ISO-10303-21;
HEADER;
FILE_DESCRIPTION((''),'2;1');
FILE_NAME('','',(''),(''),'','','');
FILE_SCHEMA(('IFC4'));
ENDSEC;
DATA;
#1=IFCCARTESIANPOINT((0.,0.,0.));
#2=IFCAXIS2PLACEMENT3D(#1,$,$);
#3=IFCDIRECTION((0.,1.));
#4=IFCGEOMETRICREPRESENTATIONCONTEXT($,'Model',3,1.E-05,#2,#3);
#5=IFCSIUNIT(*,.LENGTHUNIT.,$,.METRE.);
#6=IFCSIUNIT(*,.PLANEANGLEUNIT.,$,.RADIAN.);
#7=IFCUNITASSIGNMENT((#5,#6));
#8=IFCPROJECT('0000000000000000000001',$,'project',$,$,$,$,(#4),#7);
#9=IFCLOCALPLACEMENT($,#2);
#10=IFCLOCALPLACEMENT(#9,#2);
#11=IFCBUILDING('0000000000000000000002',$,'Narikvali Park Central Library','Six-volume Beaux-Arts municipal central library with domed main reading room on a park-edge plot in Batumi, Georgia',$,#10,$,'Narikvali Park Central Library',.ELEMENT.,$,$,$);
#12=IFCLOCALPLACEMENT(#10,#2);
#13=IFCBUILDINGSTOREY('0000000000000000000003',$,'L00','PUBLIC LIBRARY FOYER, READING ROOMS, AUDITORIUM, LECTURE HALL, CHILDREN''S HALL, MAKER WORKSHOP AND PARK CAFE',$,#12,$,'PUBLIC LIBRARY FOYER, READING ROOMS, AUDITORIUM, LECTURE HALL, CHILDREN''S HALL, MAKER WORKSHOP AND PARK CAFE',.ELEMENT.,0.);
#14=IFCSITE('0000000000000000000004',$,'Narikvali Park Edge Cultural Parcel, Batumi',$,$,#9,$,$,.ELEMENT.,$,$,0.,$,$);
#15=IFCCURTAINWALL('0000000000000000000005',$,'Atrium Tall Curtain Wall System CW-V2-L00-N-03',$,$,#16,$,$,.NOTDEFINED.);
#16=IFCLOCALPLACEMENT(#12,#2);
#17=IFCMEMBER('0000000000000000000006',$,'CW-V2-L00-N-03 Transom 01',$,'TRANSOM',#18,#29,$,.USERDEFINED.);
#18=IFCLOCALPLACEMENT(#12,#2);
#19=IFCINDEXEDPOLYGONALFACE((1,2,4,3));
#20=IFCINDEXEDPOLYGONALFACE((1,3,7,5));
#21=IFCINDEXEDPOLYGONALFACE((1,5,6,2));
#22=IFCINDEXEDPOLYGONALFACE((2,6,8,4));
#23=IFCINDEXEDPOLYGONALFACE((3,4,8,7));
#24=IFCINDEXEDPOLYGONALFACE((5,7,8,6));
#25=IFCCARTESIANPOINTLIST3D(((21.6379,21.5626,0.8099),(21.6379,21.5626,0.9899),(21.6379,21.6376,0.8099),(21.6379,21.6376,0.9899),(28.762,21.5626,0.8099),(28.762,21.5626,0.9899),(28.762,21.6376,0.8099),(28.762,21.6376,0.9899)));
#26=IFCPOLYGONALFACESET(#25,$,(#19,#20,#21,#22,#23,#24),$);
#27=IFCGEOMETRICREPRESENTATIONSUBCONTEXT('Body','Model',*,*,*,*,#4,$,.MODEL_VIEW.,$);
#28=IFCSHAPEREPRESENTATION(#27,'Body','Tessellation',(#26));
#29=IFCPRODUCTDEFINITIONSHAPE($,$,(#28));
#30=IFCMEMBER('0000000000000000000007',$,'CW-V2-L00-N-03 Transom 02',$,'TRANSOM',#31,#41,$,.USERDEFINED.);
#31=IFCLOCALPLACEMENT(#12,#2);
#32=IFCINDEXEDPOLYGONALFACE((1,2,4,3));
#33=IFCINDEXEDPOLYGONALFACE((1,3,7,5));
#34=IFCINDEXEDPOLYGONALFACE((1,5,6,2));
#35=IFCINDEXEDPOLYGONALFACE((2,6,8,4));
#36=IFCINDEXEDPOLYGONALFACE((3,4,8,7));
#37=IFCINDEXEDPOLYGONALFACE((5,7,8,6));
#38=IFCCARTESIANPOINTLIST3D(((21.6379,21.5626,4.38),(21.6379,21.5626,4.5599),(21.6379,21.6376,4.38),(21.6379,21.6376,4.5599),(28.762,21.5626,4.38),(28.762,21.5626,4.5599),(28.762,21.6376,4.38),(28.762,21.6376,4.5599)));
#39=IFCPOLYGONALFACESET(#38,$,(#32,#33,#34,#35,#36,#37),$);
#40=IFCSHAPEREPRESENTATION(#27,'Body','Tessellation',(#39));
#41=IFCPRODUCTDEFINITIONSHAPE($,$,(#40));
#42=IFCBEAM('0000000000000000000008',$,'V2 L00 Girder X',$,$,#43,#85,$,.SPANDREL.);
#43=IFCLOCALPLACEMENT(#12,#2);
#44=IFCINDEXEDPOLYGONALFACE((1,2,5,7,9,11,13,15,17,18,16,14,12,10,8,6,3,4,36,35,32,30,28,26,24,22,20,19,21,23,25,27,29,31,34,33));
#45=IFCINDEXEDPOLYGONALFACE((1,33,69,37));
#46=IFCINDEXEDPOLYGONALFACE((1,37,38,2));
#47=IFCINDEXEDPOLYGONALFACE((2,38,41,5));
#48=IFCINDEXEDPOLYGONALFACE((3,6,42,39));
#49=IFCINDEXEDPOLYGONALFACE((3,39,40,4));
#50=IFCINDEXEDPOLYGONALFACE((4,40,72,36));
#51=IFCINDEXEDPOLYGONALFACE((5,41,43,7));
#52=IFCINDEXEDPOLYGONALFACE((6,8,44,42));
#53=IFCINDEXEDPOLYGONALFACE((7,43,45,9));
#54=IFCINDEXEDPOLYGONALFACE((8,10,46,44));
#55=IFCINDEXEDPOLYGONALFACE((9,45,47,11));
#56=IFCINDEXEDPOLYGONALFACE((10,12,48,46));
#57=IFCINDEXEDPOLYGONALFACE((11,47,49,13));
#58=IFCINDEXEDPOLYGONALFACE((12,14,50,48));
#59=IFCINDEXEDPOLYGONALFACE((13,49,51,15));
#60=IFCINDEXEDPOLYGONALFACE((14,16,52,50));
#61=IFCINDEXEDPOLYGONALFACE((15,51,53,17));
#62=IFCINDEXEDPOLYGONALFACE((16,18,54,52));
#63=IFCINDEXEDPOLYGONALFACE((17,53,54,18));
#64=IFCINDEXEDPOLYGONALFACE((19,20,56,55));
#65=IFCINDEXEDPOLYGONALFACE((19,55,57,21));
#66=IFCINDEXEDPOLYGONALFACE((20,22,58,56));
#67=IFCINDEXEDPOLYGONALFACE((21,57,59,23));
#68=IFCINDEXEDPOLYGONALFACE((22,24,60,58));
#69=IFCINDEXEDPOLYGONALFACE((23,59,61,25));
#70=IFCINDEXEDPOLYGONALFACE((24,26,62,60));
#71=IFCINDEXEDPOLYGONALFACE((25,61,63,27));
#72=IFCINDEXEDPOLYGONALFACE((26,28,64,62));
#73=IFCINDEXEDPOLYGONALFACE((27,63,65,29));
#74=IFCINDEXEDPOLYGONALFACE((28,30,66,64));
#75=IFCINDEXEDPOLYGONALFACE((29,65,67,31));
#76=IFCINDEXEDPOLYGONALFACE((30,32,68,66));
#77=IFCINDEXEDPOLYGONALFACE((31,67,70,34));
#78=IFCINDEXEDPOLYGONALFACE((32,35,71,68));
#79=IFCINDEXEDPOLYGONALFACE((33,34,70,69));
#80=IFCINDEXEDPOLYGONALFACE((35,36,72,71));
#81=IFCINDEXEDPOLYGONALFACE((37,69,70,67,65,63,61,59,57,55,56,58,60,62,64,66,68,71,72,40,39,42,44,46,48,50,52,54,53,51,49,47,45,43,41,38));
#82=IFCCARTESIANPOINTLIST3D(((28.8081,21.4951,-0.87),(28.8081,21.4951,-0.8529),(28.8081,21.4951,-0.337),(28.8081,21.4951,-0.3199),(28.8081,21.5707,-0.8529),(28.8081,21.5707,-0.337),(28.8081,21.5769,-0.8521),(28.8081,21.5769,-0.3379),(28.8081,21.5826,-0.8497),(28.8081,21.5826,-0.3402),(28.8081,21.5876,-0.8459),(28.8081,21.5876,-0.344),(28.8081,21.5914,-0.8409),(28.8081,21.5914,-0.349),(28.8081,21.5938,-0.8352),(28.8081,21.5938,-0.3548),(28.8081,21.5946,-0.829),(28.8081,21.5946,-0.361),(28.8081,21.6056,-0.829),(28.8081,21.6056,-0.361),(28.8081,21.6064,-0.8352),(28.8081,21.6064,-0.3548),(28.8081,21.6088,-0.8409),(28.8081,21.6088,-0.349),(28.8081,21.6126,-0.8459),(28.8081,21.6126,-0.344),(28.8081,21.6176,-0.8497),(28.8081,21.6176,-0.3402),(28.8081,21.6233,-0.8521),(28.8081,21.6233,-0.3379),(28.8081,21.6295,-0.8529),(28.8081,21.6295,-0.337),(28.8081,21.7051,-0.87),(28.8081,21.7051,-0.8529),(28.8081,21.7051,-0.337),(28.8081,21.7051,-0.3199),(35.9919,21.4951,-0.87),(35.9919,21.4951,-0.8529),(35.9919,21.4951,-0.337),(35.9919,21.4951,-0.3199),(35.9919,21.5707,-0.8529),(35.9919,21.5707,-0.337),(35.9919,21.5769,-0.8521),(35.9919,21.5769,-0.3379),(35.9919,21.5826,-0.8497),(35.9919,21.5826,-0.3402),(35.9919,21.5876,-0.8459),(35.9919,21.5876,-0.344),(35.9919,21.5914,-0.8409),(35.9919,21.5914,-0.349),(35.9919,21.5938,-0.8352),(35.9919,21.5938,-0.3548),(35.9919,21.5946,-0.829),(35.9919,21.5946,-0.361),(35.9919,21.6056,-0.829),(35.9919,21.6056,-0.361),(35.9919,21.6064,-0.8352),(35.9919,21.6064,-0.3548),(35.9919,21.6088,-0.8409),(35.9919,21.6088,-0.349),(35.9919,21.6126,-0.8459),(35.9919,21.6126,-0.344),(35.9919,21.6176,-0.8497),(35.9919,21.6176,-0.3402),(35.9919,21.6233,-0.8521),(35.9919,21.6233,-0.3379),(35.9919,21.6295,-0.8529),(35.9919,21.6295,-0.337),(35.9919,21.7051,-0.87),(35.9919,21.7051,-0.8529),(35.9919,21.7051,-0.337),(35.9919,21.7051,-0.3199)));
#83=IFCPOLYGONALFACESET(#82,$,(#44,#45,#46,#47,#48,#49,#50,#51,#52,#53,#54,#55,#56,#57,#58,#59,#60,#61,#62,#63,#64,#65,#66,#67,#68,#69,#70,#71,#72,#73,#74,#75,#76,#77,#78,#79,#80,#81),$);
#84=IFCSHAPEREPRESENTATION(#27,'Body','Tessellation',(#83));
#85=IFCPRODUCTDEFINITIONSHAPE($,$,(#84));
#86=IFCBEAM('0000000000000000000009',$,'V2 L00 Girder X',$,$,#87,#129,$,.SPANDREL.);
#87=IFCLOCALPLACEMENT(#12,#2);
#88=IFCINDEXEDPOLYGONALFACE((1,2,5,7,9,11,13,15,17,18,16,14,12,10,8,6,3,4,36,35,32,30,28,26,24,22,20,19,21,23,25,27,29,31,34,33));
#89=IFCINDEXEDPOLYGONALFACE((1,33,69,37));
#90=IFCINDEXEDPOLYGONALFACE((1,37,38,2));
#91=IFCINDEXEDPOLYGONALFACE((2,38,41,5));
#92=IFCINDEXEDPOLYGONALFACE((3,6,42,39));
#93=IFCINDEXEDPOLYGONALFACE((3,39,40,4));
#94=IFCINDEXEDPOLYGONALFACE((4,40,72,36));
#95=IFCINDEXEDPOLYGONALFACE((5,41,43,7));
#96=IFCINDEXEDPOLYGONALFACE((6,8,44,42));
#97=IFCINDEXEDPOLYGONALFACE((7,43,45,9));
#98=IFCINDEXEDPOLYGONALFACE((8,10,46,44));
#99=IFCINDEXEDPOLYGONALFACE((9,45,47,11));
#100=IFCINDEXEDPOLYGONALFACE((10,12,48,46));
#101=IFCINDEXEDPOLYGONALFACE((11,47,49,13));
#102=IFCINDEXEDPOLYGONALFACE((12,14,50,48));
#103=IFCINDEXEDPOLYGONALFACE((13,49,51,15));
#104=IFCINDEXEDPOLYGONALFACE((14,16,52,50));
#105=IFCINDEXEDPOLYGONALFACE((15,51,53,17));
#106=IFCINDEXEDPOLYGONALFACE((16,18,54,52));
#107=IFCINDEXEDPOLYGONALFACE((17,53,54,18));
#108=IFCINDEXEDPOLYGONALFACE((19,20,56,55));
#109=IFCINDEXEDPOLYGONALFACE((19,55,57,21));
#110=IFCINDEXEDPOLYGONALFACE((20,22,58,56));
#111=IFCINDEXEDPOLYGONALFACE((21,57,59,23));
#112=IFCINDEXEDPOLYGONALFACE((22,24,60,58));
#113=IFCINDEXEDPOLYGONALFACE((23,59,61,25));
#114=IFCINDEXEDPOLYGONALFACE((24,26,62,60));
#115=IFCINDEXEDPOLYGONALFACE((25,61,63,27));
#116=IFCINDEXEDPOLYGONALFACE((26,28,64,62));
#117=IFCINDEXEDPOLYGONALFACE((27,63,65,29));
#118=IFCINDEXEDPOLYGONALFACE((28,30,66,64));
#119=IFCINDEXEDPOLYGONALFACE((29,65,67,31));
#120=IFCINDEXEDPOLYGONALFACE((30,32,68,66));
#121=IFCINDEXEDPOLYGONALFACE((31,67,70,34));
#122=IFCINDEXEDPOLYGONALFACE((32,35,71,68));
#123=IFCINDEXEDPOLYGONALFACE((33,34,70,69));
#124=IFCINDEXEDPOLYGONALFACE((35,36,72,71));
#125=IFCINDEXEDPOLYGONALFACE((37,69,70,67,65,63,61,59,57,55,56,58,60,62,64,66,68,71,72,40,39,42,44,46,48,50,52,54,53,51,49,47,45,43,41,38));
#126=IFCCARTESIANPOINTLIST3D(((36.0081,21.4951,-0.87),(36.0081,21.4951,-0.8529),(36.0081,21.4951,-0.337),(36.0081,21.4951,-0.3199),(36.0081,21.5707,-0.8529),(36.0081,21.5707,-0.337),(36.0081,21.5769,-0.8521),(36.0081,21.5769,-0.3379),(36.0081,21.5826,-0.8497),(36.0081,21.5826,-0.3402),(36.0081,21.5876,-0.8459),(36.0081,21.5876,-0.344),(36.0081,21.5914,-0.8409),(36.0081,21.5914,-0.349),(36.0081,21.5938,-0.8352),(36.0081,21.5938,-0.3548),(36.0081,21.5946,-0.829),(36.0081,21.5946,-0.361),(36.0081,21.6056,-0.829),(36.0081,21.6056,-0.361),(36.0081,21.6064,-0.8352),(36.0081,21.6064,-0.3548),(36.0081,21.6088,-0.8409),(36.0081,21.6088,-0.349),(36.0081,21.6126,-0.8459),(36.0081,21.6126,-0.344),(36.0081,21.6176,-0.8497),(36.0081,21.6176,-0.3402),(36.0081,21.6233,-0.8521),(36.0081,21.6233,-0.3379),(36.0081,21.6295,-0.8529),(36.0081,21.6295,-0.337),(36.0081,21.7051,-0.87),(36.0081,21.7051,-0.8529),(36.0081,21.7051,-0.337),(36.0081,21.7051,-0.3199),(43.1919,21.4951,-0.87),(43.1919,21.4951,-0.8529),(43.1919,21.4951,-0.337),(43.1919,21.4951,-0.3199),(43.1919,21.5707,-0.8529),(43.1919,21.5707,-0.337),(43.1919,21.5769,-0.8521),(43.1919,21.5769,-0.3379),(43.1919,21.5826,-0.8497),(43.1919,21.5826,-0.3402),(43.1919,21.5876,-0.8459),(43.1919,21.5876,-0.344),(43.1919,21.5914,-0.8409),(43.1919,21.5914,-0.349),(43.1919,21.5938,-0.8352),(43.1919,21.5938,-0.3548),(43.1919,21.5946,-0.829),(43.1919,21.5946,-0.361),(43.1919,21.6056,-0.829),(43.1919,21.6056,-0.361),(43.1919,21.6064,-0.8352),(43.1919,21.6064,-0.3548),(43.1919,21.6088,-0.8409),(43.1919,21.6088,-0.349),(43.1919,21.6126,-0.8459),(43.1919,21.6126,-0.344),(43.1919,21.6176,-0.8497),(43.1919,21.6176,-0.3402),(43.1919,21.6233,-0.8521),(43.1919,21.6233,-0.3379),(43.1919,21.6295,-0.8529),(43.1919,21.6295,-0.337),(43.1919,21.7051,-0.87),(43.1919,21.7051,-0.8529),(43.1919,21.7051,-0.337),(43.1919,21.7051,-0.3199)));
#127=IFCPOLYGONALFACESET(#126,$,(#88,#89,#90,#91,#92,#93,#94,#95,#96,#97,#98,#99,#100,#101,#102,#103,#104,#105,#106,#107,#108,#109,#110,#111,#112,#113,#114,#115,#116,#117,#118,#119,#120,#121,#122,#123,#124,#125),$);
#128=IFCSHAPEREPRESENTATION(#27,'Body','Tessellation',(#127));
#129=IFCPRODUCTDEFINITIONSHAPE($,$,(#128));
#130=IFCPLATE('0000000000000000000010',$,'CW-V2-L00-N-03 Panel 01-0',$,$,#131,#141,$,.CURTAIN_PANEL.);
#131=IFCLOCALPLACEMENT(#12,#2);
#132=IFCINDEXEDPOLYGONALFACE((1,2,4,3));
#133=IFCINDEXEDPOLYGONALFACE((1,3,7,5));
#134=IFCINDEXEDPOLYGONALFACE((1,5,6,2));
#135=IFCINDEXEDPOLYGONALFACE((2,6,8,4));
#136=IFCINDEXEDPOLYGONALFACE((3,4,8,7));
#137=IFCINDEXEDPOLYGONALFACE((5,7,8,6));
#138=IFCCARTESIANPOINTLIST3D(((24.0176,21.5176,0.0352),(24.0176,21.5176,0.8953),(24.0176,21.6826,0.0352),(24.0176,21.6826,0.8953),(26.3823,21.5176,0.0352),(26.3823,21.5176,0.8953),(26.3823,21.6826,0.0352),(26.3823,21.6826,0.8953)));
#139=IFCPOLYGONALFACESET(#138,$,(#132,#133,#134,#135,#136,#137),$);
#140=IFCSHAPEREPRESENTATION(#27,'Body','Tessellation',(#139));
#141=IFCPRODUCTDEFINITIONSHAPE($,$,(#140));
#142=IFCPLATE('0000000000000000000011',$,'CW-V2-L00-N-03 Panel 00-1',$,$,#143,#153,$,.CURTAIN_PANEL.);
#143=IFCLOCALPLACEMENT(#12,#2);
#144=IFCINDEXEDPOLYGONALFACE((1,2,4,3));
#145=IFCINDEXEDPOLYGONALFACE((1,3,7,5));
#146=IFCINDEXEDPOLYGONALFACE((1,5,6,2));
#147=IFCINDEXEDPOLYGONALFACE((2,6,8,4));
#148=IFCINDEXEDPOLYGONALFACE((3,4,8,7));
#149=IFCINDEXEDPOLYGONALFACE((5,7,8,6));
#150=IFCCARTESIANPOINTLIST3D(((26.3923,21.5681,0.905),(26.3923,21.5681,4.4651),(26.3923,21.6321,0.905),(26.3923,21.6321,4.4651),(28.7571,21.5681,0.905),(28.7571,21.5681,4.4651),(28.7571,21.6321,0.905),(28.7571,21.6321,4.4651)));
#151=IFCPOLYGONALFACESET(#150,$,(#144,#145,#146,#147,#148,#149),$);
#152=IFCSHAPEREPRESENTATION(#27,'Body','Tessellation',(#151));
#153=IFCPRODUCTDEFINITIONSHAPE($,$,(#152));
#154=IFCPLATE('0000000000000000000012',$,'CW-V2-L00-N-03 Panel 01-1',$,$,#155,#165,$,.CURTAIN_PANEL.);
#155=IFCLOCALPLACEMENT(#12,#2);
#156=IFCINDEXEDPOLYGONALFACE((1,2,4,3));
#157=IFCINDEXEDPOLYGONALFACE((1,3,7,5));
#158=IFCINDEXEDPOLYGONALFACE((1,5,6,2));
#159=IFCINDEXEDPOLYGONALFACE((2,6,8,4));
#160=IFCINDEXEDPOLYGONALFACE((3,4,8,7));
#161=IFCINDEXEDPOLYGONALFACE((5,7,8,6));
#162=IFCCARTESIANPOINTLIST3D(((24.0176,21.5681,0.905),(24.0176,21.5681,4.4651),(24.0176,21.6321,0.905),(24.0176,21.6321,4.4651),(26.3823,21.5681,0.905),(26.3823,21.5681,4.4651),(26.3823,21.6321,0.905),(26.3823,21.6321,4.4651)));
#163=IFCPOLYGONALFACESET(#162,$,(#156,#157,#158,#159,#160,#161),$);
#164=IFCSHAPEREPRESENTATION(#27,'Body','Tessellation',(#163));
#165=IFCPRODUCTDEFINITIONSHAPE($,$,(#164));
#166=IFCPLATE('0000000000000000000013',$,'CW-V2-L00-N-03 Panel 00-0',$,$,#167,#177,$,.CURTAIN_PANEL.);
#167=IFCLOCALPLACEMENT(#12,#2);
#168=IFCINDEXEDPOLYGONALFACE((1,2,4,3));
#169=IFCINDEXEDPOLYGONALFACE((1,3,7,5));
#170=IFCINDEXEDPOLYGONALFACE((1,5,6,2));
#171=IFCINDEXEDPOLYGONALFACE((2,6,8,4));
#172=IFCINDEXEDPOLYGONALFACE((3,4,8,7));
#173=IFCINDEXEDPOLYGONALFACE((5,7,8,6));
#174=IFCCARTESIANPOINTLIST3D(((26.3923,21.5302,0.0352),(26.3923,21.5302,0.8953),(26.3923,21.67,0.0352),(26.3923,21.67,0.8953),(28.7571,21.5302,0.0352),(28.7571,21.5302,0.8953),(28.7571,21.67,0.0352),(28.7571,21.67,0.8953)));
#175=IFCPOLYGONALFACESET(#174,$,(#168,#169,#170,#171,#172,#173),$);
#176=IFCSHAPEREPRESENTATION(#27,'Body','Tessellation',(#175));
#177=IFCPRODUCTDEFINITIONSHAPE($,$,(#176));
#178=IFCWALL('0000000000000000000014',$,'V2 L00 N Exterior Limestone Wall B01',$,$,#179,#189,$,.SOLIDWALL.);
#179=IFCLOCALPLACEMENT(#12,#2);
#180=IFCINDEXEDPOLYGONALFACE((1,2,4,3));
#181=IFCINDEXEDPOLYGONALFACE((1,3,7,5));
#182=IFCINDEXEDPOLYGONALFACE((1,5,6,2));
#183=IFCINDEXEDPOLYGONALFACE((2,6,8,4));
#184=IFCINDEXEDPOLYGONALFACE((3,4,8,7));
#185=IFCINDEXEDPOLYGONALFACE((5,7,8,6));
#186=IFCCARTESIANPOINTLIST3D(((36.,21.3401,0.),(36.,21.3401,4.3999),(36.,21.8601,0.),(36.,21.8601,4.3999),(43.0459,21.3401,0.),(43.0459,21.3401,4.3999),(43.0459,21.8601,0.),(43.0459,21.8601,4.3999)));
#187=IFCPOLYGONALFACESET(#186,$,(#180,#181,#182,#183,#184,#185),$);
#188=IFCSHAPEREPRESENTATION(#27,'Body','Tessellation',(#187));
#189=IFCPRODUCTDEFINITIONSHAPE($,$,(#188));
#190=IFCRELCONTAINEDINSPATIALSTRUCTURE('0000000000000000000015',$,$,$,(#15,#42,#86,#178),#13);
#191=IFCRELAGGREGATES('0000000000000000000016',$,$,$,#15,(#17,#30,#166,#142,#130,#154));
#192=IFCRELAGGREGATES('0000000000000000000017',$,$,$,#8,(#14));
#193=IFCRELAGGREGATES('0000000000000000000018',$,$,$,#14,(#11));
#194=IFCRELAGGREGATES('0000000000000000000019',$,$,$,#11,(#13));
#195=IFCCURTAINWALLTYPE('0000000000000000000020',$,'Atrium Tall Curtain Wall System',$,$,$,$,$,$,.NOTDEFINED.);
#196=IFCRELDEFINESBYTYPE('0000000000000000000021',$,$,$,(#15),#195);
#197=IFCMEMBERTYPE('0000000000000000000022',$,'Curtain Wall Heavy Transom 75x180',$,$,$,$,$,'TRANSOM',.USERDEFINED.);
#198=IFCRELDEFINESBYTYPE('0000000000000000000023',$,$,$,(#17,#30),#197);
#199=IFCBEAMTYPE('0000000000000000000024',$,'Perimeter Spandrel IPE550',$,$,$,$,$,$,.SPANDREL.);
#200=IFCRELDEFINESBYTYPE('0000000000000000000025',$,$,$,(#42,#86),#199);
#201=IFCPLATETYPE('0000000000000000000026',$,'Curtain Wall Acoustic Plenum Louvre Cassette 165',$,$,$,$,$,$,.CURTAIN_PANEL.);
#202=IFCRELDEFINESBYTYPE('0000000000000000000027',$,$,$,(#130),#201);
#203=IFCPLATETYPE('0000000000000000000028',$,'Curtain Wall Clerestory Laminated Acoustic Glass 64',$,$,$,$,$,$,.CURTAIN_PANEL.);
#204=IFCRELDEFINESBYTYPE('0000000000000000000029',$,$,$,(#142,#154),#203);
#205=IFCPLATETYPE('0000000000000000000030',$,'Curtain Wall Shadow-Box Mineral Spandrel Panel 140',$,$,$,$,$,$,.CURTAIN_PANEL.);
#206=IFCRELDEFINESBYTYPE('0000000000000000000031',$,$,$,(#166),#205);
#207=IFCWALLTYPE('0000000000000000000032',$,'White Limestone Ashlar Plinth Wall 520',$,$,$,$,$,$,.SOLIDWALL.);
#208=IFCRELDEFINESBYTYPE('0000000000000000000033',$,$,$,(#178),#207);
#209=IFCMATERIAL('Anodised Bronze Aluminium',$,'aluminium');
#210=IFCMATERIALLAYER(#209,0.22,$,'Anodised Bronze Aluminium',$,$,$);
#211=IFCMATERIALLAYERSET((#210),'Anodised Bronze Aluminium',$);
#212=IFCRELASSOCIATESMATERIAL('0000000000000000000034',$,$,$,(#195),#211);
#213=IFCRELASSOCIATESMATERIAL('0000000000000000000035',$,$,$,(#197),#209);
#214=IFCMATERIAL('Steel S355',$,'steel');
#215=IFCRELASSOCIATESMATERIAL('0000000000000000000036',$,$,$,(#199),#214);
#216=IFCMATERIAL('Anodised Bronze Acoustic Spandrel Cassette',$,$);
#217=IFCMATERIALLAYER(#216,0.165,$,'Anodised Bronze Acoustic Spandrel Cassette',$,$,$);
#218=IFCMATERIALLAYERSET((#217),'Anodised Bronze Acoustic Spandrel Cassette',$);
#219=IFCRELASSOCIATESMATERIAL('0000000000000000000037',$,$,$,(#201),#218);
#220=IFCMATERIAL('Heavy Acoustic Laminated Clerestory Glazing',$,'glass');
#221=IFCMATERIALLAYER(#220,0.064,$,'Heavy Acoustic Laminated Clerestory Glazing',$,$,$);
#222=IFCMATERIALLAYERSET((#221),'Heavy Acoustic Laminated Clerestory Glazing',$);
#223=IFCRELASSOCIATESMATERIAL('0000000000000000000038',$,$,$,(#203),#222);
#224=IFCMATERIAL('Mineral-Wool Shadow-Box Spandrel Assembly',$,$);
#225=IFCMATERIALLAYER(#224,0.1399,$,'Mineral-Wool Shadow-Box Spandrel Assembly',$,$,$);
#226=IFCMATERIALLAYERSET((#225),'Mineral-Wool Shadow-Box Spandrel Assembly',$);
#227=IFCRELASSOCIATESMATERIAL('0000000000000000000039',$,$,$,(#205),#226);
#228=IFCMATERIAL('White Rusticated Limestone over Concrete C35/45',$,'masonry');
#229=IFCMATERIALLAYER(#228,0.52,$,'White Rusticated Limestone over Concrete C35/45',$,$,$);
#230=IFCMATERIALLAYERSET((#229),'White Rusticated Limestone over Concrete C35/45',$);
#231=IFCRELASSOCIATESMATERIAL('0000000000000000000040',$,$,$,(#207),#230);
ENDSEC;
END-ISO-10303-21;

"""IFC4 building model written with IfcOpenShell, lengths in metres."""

from ifc_helpers import new_model, si_unit, direction, frame, frame_2d, origin, origin_2d, place, context, subcontext, project, spatial, rectangle, i_section, extrude, material, layer, layer_set, material_profile, profile_set, type_object, element, aggregate, save


model = new_model("IFC4")

# Units and contexts
model_context = context("Model", 3, precision=1e-05, world=origin(), true_north=direction((0.0, 1.0)))
body_context = subcontext(model_context, "Body", "Model", "MODEL_VIEW")
ifc_project = project(units=[si_unit("LENGTHUNIT", "METRE"), si_unit("PLANEANGLEUNIT", "RADIAN")], contexts=[model_context])

# Site, building, storey
site_placement = place(None, origin())
site = spatial("IfcSite", under=ifc_project, at=site_placement, Name="Narikvali Park Edge Cultural Parcel, Batumi", CompositionType="ELEMENT", RefElevation=0.0)
building_placement = place(site_placement, origin())
building = spatial("IfcBuilding", under=site, at=building_placement, Name="Narikvali Park Central Library", Description="Six-volume Beaux-Arts municipal central library with domed main reading room on a park-edge plot in Batumi, Georgia", LongName="Narikvali Park Central Library", CompositionType="ELEMENT")
storey_placement = place(building_placement, origin())
storey = spatial("IfcBuildingStorey", under=building, at=storey_placement, Name="L00", Description="PUBLIC LIBRARY FOYER, READING ROOMS, AUDITORIUM, LECTURE HALL, CHILDREN'S HALL, MAKER WORKSHOP AND PARK CAFE", LongName="PUBLIC LIBRARY FOYER, READING ROOMS, AUDITORIUM, LECTURE HALL, CHILDREN'S HALL, MAKER WORKSHOP AND PARK CAFE", CompositionType="ELEMENT", Elevation=0.0)

# Shared definitions
ifc_material_1 = material(Name="Steel S355", Category="steel")

# Curtain wall, members
ifc_material_2 = material(Name="Anodised Bronze Aluminium", Category="aluminium")
ifc_layer_1 = layer(ifc_material_2, 0.22, Name="Anodised Bronze Aluminium")
ifc_layer_set_1 = layer_set([ifc_layer_1], Name="Anodised Bronze Aluminium")
curtain_wall_type = type_object("IfcCurtainWallType", Name="Atrium Tall Curtain Wall System", PredefinedType="NOTDEFINED", material=ifc_layer_set_1)
curtain_wall_placement = place(storey_placement, origin())
curtain_wall = element("IfcCurtainWall", 1, at=curtain_wall_placement, inside=storey, type_object=curtain_wall_type, Name="Atrium Tall Curtain Wall System CW-V2-L00-N-03", PredefinedType="NOTDEFINED")
ifc_material_profile_1 = material_profile(ifc_material_2, rectangle(XDim=0.075, YDim=0.1799, at=origin_2d()), Name="CW TRANSOM 75x180")
ifc_profile_set_1 = profile_set([ifc_material_profile_1], Name="Anodised Bronze Aluminium")
member_type_1 = type_object("IfcMemberType", Name="Curtain Wall Heavy Transom 75x180", ElementType="TRANSOM", PredefinedType="USERDEFINED", material=ifc_profile_set_1)
member_1_placement = place(storey_placement, frame((28.762, 21.6001, 0.8999), z_axis=(-1.0, 0.0, 0.0), x_axis=(0.0, -1.0, 0.0)))
member_1 = element("IfcMember", 2, at=member_1_placement, type_object=member_type_1, Name="CW-V2-L00-N-03 Transom 01", ObjectType="TRANSOM", PredefinedType="USERDEFINED", context=body_context, shape_type="SweptSolid", body=[
    extrude(rectangle(XDim=0.075, YDim=0.1799, at=origin_2d()), origin(), (0.0, 0.0, 1.0), 7.124),
])
member_2_placement = place(storey_placement, frame((28.762, 21.6001, 4.47), z_axis=(-1.0, 0.0, 0.0), x_axis=(0.0, -1.0, 0.0)))
member_2 = element("IfcMember", 3, at=member_2_placement, type_object=member_type_1, Name="CW-V2-L00-N-03 Transom 02", ObjectType="TRANSOM", PredefinedType="USERDEFINED", context=body_context, shape_type="SweptSolid", body=[
    extrude(rectangle(XDim=0.075, YDim=0.1799, at=origin_2d()), origin(), (0.0, 0.0, 1.0), 7.124),
])

# Beams
ifc_material_profile_2 = material_profile(ifc_material_1, i_section(OverallWidth=0.21, OverallDepth=0.55, WebThickness=0.011, FlangeThickness=0.0171, FilletRadius=0.0239, at=origin_2d()), Name="IPE 550")
ifc_profile_set_2 = profile_set([ifc_material_profile_2], Name="Steel S355")
beam_type = type_object("IfcBeamType", Name="Perimeter Spandrel IPE550", PredefinedType="SPANDREL", material=ifc_profile_set_2)
for number, where, z_axis, x_axis, name in (
    (4, (28.8081, 21.6001, -0.595), (1.0, 0.0, 0.0), (0.0, 1.0, 0.0), "V2 L00 Girder X"),
    (5, (36.0081, 21.6001, -0.595), (1.0, 0.0, 0.0), (0.0, 1.0, 0.0), "V2 L00 Girder X"),
):
    element("IfcBeam", number, at=place(storey_placement, frame(where, z_axis=z_axis, x_axis=x_axis)), inside=storey, type_object=beam_type, Name=name, PredefinedType="SPANDREL", context=body_context, shape_type="SweptSolid", body=[
        extrude(i_section(OverallWidth=0.21, OverallDepth=0.55, WebThickness=0.011, FlangeThickness=0.0171, FilletRadius=0.0239, at=origin_2d()), origin(), (0.0, 0.0, 1.0), 7.1838),
    ])

# Plates
ifc_material_3 = material(Name="Anodised Bronze Acoustic Spandrel Cassette")
ifc_layer_2 = layer(ifc_material_3, 0.165, Name="Anodised Bronze Acoustic Spandrel Cassette")
ifc_layer_set_2 = layer_set([ifc_layer_2], Name="Anodised Bronze Acoustic Spandrel Cassette")
plate_type_1 = type_object("IfcPlateType", Name="Curtain Wall Acoustic Plenum Louvre Cassette 165", PredefinedType="CURTAIN_PANEL", material=ifc_layer_set_2)
plate_1_placement = place(storey_placement, frame((25.2, 21.6001, 0.0352), z_axis=(0.0, 0.0, 1.0), x_axis=(-1.0, 0.0, 0.0)))
plate_1 = element("IfcPlate", 6, at=plate_1_placement, type_object=plate_type_1, Name="CW-V2-L00-N-03 Panel 01-0", PredefinedType="CURTAIN_PANEL", context=body_context, shape_type="SweptSolid", body=[
    extrude(rectangle(XDim=2.3647, YDim=0.165, at=origin_2d()), origin(), (0.0, 0.0, 1.0), 0.8601),
])
ifc_material_4 = material(Name="Heavy Acoustic Laminated Clerestory Glazing", Category="glass")
ifc_layer_3 = layer(ifc_material_4, 0.064, Name="Heavy Acoustic Laminated Clerestory Glazing")
ifc_layer_set_3 = layer_set([ifc_layer_3], Name="Heavy Acoustic Laminated Clerestory Glazing")
plate_type_2 = type_object("IfcPlateType", Name="Curtain Wall Clerestory Laminated Acoustic Glass 64", PredefinedType="CURTAIN_PANEL", material=ifc_layer_set_3)
plate_2_placement = place(storey_placement, frame((27.5747, 21.6001, 0.905), z_axis=(0.0, 0.0, 1.0), x_axis=(-1.0, 0.0, 0.0)))
plate_2 = element("IfcPlate", 7, at=plate_2_placement, type_object=plate_type_2, Name="CW-V2-L00-N-03 Panel 00-1", PredefinedType="CURTAIN_PANEL", context=body_context, shape_type="SweptSolid", body=[
    extrude(rectangle(XDim=2.3647, YDim=0.064, at=origin_2d()), origin(), (0.0, 0.0, 1.0), 3.5601),
])
plate_3_placement = place(storey_placement, frame((25.2, 21.6001, 0.905), z_axis=(0.0, 0.0, 1.0), x_axis=(-1.0, 0.0, 0.0)))
plate_3 = element("IfcPlate", 8, at=plate_3_placement, type_object=plate_type_2, Name="CW-V2-L00-N-03 Panel 01-1", PredefinedType="CURTAIN_PANEL", context=body_context, shape_type="SweptSolid", body=[
    extrude(rectangle(XDim=2.3647, YDim=0.064, at=origin_2d()), origin(), (0.0, 0.0, 1.0), 3.5601),
])
ifc_material_5 = material(Name="Mineral-Wool Shadow-Box Spandrel Assembly")
ifc_layer_4 = layer(ifc_material_5, 0.1399, Name="Mineral-Wool Shadow-Box Spandrel Assembly")
ifc_layer_set_4 = layer_set([ifc_layer_4], Name="Mineral-Wool Shadow-Box Spandrel Assembly")
plate_type_3 = type_object("IfcPlateType", Name="Curtain Wall Shadow-Box Mineral Spandrel Panel 140", PredefinedType="CURTAIN_PANEL", material=ifc_layer_set_4)
plate_4_placement = place(storey_placement, frame((27.5747, 21.6001, 0.0352), z_axis=(0.0, 0.0, 1.0), x_axis=(-1.0, 0.0, 0.0)))
plate_4 = element("IfcPlate", 9, at=plate_4_placement, type_object=plate_type_3, Name="CW-V2-L00-N-03 Panel 00-0", PredefinedType="CURTAIN_PANEL", context=body_context, shape_type="SweptSolid", body=[
    extrude(rectangle(XDim=2.3647, YDim=0.1399, at=origin_2d()), origin(), (0.0, 0.0, 1.0), 0.8601),
])
aggregate(curtain_wall, [member_1, member_2, plate_4, plate_2, plate_1, plate_3])

# Wall
ifc_material_6 = material(Name="White Rusticated Limestone over Concrete C35/45", Category="masonry")
ifc_layer_5 = layer(ifc_material_6, 0.52, Name="White Rusticated Limestone over Concrete C35/45")
ifc_layer_set_5 = layer_set([ifc_layer_5], Name="White Rusticated Limestone over Concrete C35/45")
wall_type = type_object("IfcWallType", Name="White Limestone Ashlar Plinth Wall 520", PredefinedType="SOLIDWALL", material=ifc_layer_set_5)
wall_1_placement = place(storey_placement, frame((43.0459, 21.6001, 0.0), z_axis=(0.0, 0.0, 1.0), x_axis=(-1.0, 0.0, 0.0)))
element("IfcWall", 10, at=wall_1_placement, inside=storey, type_object=wall_type, Name="V2 L00 N Exterior Limestone Wall B01", PredefinedType="SOLIDWALL", context=body_context, shape_type="SweptSolid", body=[
    extrude(rectangle(XDim=7.0459, YDim=0.52, at=frame_2d((3.5229, 0.0))), origin(), (0.0, 0.0, 1.0), 4.3999),
])

save(model, "model.ifc")
